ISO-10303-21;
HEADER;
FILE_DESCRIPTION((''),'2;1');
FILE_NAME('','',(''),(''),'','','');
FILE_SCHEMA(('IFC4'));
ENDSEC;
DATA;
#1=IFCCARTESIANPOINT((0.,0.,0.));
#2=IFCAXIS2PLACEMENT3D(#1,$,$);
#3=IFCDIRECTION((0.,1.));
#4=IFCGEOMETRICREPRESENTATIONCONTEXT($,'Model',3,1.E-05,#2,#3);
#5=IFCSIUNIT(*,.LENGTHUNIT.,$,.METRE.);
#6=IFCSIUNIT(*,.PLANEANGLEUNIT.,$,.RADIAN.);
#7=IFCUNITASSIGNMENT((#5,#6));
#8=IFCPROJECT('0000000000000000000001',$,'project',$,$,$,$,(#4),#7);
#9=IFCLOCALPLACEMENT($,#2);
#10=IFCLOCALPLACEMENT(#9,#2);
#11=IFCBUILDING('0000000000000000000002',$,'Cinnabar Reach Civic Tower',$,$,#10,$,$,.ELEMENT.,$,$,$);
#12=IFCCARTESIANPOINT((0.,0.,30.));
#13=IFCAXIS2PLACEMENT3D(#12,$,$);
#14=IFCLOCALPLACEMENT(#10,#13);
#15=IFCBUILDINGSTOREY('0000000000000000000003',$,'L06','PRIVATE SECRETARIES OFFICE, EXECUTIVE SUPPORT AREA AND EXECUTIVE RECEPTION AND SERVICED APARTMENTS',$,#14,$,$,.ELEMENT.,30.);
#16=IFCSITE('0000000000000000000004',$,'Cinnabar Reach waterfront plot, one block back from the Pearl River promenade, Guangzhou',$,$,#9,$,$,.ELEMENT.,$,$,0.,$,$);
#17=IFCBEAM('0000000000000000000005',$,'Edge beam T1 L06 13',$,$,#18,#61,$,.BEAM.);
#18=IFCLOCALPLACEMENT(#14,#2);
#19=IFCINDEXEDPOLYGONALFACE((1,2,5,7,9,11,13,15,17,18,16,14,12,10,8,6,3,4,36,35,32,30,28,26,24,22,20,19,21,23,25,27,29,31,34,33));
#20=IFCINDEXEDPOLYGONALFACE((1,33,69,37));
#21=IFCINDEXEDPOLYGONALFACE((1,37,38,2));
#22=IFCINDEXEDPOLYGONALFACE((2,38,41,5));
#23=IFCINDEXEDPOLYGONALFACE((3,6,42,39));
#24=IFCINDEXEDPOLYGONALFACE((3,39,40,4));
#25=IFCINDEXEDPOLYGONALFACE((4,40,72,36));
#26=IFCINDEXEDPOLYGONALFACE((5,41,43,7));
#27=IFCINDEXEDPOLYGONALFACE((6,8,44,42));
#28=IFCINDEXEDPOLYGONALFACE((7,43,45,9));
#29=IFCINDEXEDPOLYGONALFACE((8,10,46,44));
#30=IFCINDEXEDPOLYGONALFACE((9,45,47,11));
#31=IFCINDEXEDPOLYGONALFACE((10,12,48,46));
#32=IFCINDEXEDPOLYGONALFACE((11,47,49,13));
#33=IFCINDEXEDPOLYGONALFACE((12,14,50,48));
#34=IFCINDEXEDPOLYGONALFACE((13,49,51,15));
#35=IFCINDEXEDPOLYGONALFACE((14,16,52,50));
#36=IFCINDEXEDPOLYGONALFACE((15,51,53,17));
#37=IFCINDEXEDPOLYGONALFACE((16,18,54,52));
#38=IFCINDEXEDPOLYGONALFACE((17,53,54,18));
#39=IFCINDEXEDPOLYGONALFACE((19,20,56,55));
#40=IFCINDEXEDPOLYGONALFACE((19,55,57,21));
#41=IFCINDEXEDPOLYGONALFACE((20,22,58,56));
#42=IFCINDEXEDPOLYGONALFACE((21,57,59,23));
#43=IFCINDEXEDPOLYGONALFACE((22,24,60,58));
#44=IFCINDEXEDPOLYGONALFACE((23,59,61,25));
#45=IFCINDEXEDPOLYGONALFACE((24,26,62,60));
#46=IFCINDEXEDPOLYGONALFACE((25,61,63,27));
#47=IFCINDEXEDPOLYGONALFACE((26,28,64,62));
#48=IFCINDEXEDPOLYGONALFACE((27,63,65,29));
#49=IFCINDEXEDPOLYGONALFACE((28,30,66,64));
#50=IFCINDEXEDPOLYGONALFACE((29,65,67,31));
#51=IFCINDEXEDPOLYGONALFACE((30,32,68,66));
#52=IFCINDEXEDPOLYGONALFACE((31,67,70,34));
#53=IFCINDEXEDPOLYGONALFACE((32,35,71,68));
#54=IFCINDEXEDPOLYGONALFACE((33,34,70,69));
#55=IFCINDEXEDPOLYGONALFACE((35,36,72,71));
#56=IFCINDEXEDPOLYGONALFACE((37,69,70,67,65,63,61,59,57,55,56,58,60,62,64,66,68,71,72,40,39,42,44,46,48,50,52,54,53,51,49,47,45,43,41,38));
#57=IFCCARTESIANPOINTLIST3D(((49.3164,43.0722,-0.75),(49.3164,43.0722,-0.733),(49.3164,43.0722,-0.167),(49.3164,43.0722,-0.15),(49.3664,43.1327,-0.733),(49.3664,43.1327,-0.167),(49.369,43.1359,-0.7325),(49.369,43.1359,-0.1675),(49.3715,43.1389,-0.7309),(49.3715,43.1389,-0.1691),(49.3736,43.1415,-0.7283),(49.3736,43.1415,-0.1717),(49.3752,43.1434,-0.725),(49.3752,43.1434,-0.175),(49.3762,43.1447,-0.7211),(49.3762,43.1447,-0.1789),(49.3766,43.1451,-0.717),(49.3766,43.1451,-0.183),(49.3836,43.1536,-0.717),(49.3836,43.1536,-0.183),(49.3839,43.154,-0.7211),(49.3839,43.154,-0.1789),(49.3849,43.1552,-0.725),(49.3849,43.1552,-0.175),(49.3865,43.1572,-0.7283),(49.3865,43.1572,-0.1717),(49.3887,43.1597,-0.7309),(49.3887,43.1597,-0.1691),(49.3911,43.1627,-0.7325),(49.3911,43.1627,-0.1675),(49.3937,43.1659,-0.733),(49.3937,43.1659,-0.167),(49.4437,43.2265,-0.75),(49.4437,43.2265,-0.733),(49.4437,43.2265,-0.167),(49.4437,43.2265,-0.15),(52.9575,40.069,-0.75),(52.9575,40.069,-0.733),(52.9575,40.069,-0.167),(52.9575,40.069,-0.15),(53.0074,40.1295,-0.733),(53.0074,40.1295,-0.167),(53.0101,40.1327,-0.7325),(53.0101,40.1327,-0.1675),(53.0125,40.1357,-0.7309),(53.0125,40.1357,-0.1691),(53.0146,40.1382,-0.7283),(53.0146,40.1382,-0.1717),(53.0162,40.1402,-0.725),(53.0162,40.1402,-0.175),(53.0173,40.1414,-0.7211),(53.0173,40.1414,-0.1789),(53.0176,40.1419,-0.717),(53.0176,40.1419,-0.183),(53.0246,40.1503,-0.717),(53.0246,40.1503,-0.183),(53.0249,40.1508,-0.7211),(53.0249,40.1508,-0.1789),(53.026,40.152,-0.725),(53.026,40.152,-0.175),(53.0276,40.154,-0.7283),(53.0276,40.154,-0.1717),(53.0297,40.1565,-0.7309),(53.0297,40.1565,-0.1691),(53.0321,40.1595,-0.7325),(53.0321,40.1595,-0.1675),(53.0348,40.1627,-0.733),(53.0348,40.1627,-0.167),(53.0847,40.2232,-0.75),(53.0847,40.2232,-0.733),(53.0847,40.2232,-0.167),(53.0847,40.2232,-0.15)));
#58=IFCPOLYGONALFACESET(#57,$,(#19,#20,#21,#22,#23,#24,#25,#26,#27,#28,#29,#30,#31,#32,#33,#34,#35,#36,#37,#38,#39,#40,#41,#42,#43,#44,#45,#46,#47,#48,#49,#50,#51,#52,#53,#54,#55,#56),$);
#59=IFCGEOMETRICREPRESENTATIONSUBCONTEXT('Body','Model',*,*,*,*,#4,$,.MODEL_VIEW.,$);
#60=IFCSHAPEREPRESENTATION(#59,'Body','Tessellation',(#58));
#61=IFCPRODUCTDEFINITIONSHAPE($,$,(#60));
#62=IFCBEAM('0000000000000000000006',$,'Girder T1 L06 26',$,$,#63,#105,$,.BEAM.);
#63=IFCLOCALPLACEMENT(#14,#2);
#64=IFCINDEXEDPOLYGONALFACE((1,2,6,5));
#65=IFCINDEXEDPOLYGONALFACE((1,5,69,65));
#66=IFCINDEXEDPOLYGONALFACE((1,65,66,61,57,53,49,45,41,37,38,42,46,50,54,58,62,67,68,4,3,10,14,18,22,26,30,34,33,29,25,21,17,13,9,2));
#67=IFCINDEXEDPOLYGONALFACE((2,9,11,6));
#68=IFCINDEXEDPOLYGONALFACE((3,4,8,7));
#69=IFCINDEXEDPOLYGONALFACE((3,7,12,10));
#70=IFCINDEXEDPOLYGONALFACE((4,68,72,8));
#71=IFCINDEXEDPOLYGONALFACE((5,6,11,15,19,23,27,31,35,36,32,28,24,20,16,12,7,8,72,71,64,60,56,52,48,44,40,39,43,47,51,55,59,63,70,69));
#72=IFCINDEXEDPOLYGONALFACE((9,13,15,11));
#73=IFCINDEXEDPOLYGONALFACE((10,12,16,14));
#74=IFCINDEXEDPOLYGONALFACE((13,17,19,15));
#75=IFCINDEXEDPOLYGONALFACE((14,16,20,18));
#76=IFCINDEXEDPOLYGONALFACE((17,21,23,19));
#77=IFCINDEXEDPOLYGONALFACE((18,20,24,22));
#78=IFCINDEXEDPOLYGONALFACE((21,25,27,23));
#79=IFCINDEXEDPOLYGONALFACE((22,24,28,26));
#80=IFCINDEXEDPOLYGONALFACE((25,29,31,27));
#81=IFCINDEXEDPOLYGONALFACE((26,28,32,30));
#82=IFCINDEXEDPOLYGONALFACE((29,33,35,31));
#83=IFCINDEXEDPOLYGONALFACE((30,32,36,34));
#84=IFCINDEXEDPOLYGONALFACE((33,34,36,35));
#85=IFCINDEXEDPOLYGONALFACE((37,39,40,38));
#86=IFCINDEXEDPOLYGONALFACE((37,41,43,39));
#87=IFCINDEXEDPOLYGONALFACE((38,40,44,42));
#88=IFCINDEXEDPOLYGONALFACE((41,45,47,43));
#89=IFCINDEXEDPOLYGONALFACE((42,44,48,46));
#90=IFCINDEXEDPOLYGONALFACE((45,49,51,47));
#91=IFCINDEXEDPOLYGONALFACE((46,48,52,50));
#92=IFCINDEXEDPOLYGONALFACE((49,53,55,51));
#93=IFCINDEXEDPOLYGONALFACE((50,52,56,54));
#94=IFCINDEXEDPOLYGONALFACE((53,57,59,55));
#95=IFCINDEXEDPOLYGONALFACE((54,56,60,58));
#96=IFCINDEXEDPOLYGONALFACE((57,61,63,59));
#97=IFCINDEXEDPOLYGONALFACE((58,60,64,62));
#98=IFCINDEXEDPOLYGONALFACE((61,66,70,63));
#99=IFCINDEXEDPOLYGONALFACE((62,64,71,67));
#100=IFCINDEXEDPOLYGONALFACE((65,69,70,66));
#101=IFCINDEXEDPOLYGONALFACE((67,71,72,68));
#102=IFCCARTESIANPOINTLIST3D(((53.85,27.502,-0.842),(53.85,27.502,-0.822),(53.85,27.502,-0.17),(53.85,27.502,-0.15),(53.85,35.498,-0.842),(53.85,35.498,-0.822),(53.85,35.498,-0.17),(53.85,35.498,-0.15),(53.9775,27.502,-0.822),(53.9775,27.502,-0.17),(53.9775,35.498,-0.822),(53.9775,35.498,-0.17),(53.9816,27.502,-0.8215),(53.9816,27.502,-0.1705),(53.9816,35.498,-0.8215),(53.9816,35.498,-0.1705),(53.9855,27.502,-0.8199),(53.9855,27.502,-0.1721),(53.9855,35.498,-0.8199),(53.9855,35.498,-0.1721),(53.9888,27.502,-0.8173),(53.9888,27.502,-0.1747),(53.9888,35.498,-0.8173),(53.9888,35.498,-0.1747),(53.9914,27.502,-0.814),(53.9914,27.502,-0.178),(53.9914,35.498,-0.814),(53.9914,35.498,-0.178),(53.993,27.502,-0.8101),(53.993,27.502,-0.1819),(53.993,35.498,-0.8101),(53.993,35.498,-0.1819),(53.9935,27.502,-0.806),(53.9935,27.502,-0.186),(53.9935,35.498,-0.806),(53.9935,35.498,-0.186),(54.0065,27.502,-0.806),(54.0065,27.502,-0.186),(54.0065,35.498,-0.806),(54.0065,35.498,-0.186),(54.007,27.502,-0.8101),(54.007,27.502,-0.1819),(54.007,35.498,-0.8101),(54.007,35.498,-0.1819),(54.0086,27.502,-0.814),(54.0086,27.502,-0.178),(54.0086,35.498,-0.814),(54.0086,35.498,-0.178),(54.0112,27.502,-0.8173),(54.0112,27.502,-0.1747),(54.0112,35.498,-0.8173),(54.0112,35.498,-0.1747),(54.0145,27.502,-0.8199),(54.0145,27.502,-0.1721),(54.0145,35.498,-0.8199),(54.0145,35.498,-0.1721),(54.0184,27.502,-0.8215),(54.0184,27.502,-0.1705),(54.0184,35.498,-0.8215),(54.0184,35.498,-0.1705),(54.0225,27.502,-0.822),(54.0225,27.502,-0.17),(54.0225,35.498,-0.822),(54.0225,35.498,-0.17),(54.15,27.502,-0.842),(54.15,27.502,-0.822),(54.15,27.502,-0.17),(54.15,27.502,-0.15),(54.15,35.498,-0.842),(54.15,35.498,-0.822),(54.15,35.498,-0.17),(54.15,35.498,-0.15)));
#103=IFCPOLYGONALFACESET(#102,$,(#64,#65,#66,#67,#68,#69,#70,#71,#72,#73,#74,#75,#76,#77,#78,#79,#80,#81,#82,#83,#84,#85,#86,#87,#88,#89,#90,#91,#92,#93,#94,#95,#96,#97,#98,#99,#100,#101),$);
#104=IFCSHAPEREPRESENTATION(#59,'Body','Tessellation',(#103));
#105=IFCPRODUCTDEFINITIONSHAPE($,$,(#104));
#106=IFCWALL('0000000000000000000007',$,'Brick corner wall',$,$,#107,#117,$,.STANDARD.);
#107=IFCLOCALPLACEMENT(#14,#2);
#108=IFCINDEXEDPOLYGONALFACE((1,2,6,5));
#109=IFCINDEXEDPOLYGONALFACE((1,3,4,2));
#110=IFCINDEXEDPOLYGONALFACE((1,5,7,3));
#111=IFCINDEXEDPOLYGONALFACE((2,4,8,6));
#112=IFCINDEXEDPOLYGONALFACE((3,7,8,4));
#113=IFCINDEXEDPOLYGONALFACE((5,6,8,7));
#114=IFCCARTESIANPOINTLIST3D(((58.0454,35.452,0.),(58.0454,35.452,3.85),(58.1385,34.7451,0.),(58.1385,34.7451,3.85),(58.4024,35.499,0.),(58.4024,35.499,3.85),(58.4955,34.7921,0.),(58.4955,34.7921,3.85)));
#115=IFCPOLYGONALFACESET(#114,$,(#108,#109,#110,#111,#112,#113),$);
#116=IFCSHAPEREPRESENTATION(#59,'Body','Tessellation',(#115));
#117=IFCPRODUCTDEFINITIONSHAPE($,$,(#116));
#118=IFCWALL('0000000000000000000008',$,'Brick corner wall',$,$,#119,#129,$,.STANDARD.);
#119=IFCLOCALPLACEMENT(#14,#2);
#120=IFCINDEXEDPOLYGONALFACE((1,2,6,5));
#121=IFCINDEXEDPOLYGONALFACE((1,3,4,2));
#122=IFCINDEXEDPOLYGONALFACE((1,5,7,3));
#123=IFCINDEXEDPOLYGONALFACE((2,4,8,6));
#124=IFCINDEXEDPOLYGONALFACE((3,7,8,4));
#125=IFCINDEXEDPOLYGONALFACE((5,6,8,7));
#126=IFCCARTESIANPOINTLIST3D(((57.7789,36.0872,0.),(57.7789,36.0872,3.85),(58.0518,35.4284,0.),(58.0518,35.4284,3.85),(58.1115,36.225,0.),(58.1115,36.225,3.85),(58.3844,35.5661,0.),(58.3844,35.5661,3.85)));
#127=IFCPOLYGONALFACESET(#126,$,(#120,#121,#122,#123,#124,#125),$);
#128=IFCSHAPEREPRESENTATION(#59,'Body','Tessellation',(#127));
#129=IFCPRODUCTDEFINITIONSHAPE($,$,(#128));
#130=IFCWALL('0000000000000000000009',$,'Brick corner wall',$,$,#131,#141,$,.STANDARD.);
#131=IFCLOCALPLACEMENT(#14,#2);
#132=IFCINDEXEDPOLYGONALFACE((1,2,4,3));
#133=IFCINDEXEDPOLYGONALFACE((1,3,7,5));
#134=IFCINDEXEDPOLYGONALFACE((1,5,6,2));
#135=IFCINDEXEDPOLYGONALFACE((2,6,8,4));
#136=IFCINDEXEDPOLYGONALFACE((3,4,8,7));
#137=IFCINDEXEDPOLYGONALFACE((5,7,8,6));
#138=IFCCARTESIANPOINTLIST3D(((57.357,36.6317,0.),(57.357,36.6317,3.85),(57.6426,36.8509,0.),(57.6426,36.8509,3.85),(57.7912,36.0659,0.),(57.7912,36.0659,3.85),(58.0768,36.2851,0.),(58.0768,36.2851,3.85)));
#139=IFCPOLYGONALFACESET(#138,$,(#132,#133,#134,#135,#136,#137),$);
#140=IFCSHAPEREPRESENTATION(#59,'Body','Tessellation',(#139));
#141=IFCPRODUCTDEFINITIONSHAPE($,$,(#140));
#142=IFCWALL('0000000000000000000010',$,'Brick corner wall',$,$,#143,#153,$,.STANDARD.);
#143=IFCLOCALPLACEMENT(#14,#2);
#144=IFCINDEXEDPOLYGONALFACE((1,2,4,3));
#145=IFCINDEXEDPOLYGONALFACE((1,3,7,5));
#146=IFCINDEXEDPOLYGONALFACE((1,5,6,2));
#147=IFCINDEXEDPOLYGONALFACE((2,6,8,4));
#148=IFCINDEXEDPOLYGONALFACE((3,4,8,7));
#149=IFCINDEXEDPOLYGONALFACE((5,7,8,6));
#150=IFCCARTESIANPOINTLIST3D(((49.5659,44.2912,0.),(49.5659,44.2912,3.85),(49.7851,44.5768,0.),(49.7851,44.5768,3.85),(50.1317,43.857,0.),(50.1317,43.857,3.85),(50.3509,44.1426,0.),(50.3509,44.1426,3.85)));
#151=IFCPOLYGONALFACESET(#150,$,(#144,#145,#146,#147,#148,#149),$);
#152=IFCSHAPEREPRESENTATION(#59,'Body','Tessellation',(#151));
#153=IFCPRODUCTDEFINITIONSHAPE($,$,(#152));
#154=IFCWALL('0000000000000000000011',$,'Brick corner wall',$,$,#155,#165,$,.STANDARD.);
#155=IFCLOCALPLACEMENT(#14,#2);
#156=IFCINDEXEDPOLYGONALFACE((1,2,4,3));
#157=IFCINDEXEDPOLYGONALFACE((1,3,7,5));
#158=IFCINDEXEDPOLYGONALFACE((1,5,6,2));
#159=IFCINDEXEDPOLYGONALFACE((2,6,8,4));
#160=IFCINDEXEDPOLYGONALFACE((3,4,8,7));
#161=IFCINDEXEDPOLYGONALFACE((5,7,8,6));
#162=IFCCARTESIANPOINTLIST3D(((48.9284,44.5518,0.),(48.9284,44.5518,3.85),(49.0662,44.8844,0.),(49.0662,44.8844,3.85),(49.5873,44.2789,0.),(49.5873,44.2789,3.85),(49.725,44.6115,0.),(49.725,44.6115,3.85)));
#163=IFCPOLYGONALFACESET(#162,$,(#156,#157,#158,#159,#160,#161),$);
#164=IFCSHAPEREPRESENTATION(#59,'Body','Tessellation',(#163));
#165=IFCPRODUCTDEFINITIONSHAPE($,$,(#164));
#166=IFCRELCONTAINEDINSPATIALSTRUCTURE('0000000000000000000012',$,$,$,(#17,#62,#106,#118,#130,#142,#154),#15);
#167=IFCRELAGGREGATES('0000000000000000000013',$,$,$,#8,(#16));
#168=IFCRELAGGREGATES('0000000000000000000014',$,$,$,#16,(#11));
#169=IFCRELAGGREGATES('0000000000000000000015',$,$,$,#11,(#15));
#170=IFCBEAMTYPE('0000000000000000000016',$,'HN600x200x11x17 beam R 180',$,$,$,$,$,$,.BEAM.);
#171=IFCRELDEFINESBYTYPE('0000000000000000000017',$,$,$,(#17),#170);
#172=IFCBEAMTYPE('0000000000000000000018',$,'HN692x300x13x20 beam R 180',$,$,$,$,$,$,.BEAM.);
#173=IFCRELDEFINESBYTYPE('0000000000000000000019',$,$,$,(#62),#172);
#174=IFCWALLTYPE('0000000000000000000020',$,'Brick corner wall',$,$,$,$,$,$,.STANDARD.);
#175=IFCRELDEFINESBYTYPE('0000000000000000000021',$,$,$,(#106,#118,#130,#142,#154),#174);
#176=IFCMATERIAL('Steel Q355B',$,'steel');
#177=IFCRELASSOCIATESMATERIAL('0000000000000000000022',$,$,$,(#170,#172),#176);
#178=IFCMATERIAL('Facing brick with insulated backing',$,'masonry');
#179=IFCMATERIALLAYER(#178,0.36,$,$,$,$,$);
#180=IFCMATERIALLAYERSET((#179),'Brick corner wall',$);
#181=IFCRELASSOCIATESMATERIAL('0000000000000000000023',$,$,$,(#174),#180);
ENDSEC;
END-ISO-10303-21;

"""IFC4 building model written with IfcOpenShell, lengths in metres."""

from ifc_helpers import new_model, si_unit, direction, frame, frame_2d, origin, origin_2d, place, context, subcontext, project, spatial, rectangle, i_section, extrude, material, layer, layer_set, material_profile, profile_set, type_object, element, save


model = new_model("IFC4")

# Units and contexts
model_context = context("Model", 3, precision=1e-05, world=origin(), true_north=direction((0.0, 1.0)))
body_context = subcontext(model_context, "Body", "Model", "MODEL_VIEW")
ifc_project = project(units=[si_unit("LENGTHUNIT", "METRE"), si_unit("PLANEANGLEUNIT", "RADIAN")], contexts=[model_context])

# Site, building, storey
site_placement = place(None, origin())
site = spatial("IfcSite", under=ifc_project, at=site_placement, Name="Cinnabar Reach waterfront plot, one block back from the Pearl River promenade, Guangzhou", CompositionType="ELEMENT", RefElevation=0.0)
building_placement = place(site_placement, origin())
building = spatial("IfcBuilding", under=site, at=building_placement, Name="Cinnabar Reach Civic Tower", CompositionType="ELEMENT")
storey_placement = place(building_placement, frame((0.0, 0.0, 30.0)))
storey = spatial("IfcBuildingStorey", under=building, at=storey_placement, Name="L06", Description="PRIVATE SECRETARIES OFFICE, EXECUTIVE SUPPORT AREA AND EXECUTIVE RECEPTION AND SERVICED APARTMENTS", CompositionType="ELEMENT", Elevation=30.0)

# Beams
ifc_material_1 = material(Name="Steel Q355B", Category="steel")
ifc_material_profile_1 = material_profile(ifc_material_1, i_section(OverallWidth=0.2, OverallDepth=0.6, WebThickness=0.011, FlangeThickness=0.017, FilletRadius=0.016, at=origin_2d()), Name="HN600x200x11x17")
ifc_profile_set_1 = profile_set([ifc_material_profile_1], Name="Steel Q355B")
beam_type_1 = type_object("IfcBeamType", Name="HN600x200x11x17 beam R 180", PredefinedType="BEAM", material=ifc_profile_set_1)
for number, where, z_axis, x_axis, name in (
    (1, (53.0211, 40.1461, -0.45), (-0.771438, 0.636304, 0.0), (-0.636304, -0.771438, 0.0), "Edge beam T1 L06 13"),
):
    element("IfcBeam", number, at=place(storey_placement, frame(where, z_axis=z_axis, x_axis=x_axis)), inside=storey, type_object=beam_type_1, Name=name, PredefinedType="BEAM", context=body_context, shape_type="SweptSolid", body=[
        extrude(i_section(OverallWidth=0.2, OverallDepth=0.6, WebThickness=0.011, FlangeThickness=0.017, FilletRadius=0.016, at=origin_2d()), origin(), (0.0, 0.0, 1.0), 4.7198),
    ])
ifc_material_profile_2 = material_profile(ifc_material_1, i_section(OverallWidth=0.3, OverallDepth=0.692, WebThickness=0.013, FlangeThickness=0.02, FilletRadius=0.016, at=origin_2d()), Name="HN692x300x13x20")
ifc_profile_set_2 = profile_set([ifc_material_profile_2], Name="Steel Q355B")
beam_type_2 = type_object("IfcBeamType", Name="HN692x300x13x20 beam R 180", PredefinedType="BEAM", material=ifc_profile_set_2)
beam_1_placement = place(storey_placement, frame((54.0, 27.502, -0.496), z_axis=(0.0, 1.0, 0.0), x_axis=(-1.0, 0.0, 0.0)))
element("IfcBeam", 2, at=beam_1_placement, inside=storey, type_object=beam_type_2, Name="Girder T1 L06 26", PredefinedType="BEAM", context=body_context, shape_type="SweptSolid", body=[
    extrude(i_section(OverallWidth=0.3, OverallDepth=0.692, WebThickness=0.013, FlangeThickness=0.02, FilletRadius=0.016, at=origin_2d()), origin(), (0.0, 0.0, 1.0), 7.996),
])

# Walls
ifc_material_2 = material(Name="Facing brick with insulated backing", Category="masonry")
ifc_layer_1 = layer(ifc_material_2, 0.36)
ifc_layer_set_1 = layer_set([ifc_layer_1], Name="Brick corner wall")
wall_type_1 = type_object("IfcWallType", Name="Brick corner wall", PredefinedType="STANDARD", material=ifc_layer_set_1)
for number, where, z_axis, x_axis, name in (
    (3, (58.317, 34.7686, 0.0), (0.0, 0.0, 1.0), (-0.130556, 0.991441, 0.0), "Brick corner wall"),
    (4, (58.2181, 35.4973, 0.0), (0.0, 0.0, 1.0), (-0.382703, 0.923872, 0.0), "Brick corner wall"),
):
    element("IfcWall", number, at=place(storey_placement, frame(where, z_axis=z_axis, x_axis=x_axis)), inside=storey, type_object=wall_type_1, Name=name, PredefinedType="STANDARD", context=body_context, shape_type="SweptSolid", body=[
        extrude(rectangle(XDim=0.7131, YDim=0.36, at=frame_2d((0.3565, 0.0))), origin(), (0.0, 0.0, 1.0), 3.85),
    ])
for number, where, z_axis, x_axis, name in (
    (5, (57.934, 36.1755, 0.0), (0.0, 0.0, 1.0), (-0.608802, 0.793322, 0.0), "Brick corner wall"),
    (6, (50.2413, 43.9998, 0.0), (0.0, 0.0, 1.0), (-0.793322, 0.608802, 0.0), "Brick corner wall"),
):
    element("IfcWall", number, at=place(storey_placement, frame(where, z_axis=z_axis, x_axis=x_axis)), inside=storey, type_object=wall_type_1, Name=name, PredefinedType="STANDARD", context=body_context, shape_type="SweptSolid", body=[
        extrude(rectangle(XDim=0.7132, YDim=0.36, at=frame_2d((0.3566, 0.0))), origin(), (0.0, 0.0, 1.0), 3.85),
    ])
wall_1_placement = place(storey_placement, frame((49.6561, 44.4452, 0.0), z_axis=(0.0, 0.0, 1.0), x_axis=(-0.923872, 0.382703, 0.0)))
element("IfcWall", 7, at=wall_1_placement, inside=storey, type_object=wall_type_1, Name="Brick corner wall", PredefinedType="STANDARD", context=body_context, shape_type="SweptSolid", body=[
    extrude(rectangle(XDim=0.7131, YDim=0.36, at=frame_2d((0.3565, 0.0))), origin(), (0.0, 0.0, 1.0), 3.85),
])

save(model, "model.ifc")
